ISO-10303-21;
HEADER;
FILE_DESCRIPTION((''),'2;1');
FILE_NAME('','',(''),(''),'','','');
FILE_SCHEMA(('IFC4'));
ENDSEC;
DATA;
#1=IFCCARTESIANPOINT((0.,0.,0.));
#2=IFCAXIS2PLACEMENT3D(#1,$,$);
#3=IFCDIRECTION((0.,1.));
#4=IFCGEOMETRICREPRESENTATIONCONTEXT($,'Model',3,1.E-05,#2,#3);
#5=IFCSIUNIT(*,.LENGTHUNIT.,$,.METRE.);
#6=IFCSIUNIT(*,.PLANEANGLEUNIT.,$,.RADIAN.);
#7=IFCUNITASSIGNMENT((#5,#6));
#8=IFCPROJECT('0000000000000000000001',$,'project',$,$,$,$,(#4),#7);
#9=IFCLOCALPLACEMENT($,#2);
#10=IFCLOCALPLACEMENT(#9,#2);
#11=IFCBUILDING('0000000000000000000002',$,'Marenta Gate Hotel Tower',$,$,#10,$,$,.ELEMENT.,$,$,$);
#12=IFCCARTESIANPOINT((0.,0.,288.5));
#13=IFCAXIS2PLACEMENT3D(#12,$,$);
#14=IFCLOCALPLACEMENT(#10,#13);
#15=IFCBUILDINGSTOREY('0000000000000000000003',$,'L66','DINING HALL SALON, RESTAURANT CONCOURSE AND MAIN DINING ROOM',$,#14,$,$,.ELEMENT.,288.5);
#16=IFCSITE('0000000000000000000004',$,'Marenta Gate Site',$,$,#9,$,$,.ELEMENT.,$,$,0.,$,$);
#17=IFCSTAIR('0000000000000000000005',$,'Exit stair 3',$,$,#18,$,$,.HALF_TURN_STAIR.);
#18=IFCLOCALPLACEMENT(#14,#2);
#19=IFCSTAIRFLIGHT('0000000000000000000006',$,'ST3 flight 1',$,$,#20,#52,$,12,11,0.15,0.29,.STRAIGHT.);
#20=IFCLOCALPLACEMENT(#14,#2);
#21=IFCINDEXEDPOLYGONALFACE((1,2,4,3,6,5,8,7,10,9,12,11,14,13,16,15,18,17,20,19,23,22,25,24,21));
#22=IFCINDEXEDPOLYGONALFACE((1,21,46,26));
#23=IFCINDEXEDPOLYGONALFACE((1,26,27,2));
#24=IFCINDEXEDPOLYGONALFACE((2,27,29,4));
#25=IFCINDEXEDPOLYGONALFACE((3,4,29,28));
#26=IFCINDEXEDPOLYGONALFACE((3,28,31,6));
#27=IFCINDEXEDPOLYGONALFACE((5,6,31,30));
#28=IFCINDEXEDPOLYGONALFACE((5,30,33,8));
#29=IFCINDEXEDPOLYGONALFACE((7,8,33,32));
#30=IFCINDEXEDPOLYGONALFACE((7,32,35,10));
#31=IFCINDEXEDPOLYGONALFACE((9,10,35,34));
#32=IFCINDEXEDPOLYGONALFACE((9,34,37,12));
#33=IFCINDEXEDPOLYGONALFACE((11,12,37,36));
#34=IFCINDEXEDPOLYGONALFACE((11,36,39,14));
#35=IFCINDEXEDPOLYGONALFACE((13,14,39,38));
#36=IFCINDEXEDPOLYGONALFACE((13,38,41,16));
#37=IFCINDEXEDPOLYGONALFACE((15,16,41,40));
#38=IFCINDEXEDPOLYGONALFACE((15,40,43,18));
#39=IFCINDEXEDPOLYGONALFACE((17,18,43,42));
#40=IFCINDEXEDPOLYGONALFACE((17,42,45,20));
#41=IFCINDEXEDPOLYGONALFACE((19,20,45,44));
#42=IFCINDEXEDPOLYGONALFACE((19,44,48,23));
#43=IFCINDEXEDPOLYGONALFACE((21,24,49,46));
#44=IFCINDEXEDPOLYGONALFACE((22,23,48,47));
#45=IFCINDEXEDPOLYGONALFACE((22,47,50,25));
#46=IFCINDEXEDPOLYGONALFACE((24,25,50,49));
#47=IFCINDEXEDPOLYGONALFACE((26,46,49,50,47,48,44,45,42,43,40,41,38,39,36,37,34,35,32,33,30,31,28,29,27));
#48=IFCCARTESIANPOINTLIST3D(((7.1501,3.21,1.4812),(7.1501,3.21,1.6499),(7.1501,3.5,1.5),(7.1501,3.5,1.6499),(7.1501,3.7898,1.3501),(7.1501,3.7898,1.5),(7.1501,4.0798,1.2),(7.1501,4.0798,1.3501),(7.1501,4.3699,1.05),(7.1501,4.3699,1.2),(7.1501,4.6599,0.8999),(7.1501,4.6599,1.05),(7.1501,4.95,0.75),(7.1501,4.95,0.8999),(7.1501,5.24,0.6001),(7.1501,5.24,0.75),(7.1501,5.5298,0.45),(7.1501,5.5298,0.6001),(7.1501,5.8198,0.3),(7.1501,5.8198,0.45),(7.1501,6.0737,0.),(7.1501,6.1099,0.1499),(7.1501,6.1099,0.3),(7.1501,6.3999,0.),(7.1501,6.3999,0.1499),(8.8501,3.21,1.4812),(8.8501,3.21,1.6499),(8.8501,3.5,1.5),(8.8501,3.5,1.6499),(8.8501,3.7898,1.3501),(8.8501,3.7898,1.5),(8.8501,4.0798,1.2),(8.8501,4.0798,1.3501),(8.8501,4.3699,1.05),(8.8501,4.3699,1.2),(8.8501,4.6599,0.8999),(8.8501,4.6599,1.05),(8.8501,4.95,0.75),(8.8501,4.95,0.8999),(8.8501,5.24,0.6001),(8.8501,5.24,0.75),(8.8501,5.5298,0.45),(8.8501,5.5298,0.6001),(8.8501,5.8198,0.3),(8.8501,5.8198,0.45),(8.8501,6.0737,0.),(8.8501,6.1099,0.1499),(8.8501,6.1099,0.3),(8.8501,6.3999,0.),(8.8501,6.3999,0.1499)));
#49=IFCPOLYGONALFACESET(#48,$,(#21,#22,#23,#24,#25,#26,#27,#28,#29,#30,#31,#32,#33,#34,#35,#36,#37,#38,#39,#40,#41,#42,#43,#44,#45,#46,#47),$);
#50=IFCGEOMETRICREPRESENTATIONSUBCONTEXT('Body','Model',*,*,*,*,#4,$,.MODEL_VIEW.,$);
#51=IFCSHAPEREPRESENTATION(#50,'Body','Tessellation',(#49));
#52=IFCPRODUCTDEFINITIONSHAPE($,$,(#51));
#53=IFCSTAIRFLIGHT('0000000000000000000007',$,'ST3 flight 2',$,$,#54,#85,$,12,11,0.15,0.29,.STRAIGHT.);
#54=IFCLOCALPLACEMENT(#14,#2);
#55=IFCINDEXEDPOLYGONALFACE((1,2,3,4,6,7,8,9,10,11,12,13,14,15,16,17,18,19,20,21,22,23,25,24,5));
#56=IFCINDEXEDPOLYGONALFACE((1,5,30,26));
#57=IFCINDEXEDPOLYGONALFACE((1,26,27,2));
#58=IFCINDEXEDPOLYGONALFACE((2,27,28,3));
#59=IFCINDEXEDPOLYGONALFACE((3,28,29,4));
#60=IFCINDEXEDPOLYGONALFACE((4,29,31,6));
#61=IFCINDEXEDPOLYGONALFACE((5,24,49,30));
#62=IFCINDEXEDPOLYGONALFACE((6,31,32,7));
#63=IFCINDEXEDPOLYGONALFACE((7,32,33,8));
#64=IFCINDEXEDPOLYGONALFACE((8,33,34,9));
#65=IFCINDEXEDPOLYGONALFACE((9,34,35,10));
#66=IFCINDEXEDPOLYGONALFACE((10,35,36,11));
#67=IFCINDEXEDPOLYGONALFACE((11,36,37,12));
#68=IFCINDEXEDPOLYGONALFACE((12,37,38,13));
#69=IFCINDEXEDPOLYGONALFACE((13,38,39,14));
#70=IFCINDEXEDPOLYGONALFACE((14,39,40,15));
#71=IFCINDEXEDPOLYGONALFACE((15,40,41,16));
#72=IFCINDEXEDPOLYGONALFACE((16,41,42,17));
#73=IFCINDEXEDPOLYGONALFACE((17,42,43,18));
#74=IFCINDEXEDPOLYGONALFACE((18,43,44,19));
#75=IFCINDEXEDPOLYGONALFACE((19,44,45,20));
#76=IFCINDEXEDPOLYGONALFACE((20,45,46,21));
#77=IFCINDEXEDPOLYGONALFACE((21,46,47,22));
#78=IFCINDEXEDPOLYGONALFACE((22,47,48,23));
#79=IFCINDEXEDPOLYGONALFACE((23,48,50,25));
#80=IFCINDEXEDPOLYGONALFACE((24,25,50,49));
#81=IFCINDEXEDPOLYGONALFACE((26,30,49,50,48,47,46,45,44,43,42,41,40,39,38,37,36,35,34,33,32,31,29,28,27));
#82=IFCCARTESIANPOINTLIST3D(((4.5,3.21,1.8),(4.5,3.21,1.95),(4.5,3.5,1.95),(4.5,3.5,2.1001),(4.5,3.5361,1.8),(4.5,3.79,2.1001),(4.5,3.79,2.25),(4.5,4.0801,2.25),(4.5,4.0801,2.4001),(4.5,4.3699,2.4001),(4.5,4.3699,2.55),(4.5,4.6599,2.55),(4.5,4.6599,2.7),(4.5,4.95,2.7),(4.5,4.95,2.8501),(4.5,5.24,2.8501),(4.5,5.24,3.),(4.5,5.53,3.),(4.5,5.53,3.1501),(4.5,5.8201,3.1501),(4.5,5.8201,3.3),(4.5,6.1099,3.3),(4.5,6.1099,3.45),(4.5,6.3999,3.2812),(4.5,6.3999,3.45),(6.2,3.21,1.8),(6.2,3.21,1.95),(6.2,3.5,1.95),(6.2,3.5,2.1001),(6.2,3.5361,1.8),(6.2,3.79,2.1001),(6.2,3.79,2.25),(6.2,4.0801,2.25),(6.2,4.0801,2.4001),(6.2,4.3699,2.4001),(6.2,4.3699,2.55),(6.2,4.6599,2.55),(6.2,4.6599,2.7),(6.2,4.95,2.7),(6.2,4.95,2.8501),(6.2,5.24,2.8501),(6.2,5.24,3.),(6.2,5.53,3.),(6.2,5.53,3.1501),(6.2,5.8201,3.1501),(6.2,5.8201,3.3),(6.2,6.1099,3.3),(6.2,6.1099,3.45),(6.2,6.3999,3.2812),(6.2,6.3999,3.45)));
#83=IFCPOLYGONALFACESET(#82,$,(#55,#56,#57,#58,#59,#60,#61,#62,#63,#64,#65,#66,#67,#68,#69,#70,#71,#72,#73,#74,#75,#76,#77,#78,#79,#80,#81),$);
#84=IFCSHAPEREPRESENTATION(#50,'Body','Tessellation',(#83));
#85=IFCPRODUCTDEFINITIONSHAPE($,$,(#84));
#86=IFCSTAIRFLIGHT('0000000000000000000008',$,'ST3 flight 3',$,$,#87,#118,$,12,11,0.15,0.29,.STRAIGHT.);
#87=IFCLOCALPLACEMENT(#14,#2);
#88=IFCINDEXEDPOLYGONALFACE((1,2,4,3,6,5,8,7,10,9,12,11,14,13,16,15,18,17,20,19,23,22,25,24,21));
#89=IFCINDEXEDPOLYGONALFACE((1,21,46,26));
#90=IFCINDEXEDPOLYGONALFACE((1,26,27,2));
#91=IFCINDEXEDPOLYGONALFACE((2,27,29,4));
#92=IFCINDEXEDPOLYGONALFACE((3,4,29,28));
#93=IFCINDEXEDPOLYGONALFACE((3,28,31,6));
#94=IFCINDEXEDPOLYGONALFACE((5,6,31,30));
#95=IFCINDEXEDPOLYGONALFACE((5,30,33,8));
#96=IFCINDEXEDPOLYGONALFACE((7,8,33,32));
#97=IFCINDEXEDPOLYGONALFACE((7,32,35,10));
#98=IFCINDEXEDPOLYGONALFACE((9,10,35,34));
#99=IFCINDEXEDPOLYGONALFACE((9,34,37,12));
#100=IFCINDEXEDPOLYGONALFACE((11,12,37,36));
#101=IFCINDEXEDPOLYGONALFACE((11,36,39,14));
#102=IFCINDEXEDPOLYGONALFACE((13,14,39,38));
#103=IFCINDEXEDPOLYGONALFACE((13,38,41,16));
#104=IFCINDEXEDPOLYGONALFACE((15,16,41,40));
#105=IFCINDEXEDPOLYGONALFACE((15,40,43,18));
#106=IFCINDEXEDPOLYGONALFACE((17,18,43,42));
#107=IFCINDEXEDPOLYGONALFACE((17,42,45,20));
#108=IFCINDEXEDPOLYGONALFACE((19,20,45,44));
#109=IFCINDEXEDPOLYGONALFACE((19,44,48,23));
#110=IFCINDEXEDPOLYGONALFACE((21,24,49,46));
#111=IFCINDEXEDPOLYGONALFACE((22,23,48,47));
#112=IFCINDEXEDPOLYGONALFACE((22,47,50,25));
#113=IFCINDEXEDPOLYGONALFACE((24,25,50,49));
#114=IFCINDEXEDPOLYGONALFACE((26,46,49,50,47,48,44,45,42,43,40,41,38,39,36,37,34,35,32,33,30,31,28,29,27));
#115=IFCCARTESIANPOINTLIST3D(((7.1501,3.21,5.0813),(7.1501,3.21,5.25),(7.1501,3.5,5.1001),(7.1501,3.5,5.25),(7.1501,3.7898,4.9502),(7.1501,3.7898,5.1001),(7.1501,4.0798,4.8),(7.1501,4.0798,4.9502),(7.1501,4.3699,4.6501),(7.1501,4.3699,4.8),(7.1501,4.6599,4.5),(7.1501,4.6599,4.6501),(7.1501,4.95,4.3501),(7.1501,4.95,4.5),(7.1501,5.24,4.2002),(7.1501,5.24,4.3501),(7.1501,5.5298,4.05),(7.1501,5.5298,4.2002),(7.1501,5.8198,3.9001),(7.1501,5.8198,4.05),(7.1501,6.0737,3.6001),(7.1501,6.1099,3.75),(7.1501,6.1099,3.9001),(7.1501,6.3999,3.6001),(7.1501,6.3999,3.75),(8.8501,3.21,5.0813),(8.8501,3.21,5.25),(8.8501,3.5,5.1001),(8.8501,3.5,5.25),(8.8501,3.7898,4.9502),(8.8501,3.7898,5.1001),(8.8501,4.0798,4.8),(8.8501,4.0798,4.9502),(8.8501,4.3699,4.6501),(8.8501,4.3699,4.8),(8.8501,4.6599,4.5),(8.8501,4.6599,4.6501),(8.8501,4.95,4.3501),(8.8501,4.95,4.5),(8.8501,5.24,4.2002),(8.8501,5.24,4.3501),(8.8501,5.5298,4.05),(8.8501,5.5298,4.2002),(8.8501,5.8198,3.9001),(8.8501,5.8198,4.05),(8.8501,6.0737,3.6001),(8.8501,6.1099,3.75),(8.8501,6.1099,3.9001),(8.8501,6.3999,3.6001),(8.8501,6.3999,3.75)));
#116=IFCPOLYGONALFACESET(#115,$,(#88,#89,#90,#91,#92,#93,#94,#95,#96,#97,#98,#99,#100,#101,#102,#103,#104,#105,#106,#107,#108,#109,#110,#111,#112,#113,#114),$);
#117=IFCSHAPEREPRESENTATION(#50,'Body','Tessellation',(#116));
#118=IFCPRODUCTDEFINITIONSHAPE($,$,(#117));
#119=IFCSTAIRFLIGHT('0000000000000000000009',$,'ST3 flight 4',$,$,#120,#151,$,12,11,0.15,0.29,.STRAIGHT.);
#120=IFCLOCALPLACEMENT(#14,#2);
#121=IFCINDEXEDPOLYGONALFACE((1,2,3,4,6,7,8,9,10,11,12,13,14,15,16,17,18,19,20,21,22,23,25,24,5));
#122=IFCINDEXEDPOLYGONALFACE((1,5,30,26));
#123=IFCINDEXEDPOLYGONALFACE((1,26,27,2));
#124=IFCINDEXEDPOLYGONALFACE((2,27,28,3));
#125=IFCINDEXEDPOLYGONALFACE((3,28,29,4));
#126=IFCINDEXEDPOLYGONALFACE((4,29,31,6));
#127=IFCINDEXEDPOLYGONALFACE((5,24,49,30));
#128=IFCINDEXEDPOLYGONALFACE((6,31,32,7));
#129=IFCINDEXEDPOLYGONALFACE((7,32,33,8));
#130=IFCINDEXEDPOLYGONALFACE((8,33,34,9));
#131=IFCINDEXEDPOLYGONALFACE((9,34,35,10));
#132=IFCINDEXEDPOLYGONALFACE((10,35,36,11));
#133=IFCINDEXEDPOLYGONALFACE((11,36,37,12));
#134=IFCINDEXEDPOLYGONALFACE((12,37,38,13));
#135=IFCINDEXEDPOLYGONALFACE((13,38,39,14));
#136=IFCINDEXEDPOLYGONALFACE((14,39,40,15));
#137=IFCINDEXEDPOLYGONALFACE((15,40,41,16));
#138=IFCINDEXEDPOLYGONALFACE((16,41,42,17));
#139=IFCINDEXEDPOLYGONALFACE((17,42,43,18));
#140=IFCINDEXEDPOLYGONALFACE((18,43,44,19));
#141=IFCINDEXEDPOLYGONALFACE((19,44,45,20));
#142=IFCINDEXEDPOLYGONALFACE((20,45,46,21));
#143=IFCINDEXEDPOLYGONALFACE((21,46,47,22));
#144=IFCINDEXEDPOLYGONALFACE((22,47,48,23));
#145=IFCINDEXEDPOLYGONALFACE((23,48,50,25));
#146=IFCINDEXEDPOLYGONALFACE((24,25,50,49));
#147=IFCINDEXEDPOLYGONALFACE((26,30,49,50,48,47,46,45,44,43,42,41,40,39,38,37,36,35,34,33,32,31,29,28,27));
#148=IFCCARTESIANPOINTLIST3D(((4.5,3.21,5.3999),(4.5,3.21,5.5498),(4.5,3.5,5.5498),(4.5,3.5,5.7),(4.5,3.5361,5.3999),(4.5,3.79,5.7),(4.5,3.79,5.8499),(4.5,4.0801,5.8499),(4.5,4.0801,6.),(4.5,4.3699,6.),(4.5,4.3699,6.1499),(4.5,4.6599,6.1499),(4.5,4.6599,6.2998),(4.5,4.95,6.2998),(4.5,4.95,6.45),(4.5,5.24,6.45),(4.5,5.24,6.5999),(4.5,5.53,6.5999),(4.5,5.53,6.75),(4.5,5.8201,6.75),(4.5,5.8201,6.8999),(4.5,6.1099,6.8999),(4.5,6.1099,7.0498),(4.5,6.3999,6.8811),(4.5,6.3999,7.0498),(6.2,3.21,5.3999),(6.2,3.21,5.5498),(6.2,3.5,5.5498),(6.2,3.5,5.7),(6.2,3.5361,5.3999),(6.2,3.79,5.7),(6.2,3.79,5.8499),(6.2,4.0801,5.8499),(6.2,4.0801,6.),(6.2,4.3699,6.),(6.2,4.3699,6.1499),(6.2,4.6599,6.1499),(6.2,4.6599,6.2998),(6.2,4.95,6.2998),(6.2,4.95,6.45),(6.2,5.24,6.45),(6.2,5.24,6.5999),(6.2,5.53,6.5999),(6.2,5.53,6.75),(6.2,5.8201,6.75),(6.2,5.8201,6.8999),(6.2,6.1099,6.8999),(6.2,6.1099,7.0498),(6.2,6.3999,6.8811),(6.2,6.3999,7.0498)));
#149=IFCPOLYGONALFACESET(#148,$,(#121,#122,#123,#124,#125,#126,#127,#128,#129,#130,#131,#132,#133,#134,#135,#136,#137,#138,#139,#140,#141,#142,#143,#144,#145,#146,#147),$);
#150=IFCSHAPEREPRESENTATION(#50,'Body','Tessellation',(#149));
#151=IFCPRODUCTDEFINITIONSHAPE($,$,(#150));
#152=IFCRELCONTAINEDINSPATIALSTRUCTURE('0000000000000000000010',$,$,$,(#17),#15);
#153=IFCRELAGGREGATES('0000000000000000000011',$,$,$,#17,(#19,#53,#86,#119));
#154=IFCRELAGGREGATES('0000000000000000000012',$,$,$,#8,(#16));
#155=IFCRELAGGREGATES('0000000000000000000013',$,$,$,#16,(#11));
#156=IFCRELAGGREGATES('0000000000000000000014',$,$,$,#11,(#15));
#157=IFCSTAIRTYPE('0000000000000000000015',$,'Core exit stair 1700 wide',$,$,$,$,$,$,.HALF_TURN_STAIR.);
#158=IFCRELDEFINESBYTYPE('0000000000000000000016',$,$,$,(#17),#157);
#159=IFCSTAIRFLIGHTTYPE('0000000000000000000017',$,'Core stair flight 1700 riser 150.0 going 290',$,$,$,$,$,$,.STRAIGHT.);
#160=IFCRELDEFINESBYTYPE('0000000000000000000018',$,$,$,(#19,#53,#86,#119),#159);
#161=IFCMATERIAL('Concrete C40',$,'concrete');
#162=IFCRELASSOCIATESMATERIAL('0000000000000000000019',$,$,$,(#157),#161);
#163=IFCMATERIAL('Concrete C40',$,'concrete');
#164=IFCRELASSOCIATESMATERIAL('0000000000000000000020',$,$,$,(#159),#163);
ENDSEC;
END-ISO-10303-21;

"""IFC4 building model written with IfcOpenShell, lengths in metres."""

from ifc_helpers import new_model, si_unit, direction, frame, origin, place, context, subcontext, project, spatial, polyline, outline, extrude, material, type_object, element, aggregate, save


model = new_model("IFC4")

# Units and contexts
model_context = context("Model", 3, precision=1e-05, world=origin(), true_north=direction((0.0, 1.0)))
body_context = subcontext(model_context, "Body", "Model", "MODEL_VIEW")
ifc_project = project(units=[si_unit("LENGTHUNIT", "METRE"), si_unit("PLANEANGLEUNIT", "RADIAN")], contexts=[model_context])

# Site, building, storey
site_placement = place(None, origin())
site = spatial("IfcSite", under=ifc_project, at=site_placement, Name="Marenta Gate Site", CompositionType="ELEMENT", RefElevation=0.0)
building_placement = place(site_placement, origin())
building = spatial("IfcBuilding", under=site, at=building_placement, Name="Marenta Gate Hotel Tower", CompositionType="ELEMENT")
storey_placement = place(building_placement, frame((0.0, 0.0, 288.5)))
storey = spatial("IfcBuildingStorey", under=building, at=storey_placement, Name="L66", Description="DINING HALL SALON, RESTAURANT CONCOURSE AND MAIN DINING ROOM", CompositionType="ELEMENT", Elevation=288.5)

# Stair
ifc_material_1 = material(Name="Concrete C40", Category="concrete")
stair_type = type_object("IfcStairType", Name="Core exit stair 1700 wide", PredefinedType="HALF_TURN_STAIR", material=ifc_material_1)
stair_1_placement = place(storey_placement, origin())
stair_1 = element("IfcStair", 1, at=stair_1_placement, inside=storey, type_object=stair_type, Name="Exit stair 3", PredefinedType="HALF_TURN_STAIR")

# Stair flights
ifc_material_2 = material(Name="Concrete C40", Category="concrete")
stair_flight_type = type_object("IfcStairFlightType", Name="Core stair flight 1700 riser 150.0 going 290", PredefinedType="STRAIGHT", material=ifc_material_2)
stair_flight_1_placement = place(storey_placement, frame((8.0, 6.3999, 0.0), z_axis=(0.0, 0.0, 1.0), x_axis=(0.0, -1.0, 0.0)))
stair_flight_1 = element("IfcStairFlight", 2, at=stair_flight_1_placement, type_object=stair_flight_type, Name="ST3 flight 1", NumberOfRisers=12, NumberOfTreads=11, PredefinedType="STRAIGHT", RiserHeight=0.15, TreadLength=0.29, context=body_context, shape_type="SweptSolid", body=[
    extrude(outline(polyline([(0.0, 0.0), (0.0, 0.1499), (0.29, 0.1499), (0.29, 0.3), (0.5801, 0.3), (0.5801, 0.45), (0.8701, 0.45), (0.8701, 0.6001), (1.1599, 0.6001), (1.1599, 0.75), (1.45, 0.75), (1.45, 0.8999), (1.74, 0.8999), (1.74, 1.05), (2.03, 1.05), (2.03, 1.2), (2.3201, 1.2), (2.3201, 1.3501), (2.6101, 1.3501), (2.6101, 1.5), (2.8999, 1.5), (2.8999, 1.6499), (3.1899, 1.6499), (3.1899, 1.8), (3.1899, 1.4812), (0.3262, 0.0), (0.0, 0.0)])), frame((0.0, 0.8501, 0.0), z_axis=(0.0, -1.0, 0.0), x_axis=(1.0, 0.0, 0.0)), (0.0, 0.0, 1.0), 1.7),
])
stair_flight_2_placement = place(storey_placement, frame((5.3501, 3.21, 1.8), z_axis=(0.0, 0.0, 1.0), x_axis=(0.0, 1.0, 0.0)))
stair_flight_2 = element("IfcStairFlight", 3, at=stair_flight_2_placement, type_object=stair_flight_type, Name="ST3 flight 2", NumberOfRisers=12, NumberOfTreads=11, PredefinedType="STRAIGHT", RiserHeight=0.15, TreadLength=0.29, context=body_context, shape_type="SweptSolid", body=[
    extrude(outline(polyline([(0.0, 0.0), (0.0, 0.1499), (0.29, 0.1499), (0.29, 0.3), (0.5801, 0.3), (0.5801, 0.45), (0.8701, 0.45), (0.8701, 0.6001), (1.1599, 0.6001), (1.1599, 0.75), (1.45, 0.75), (1.45, 0.8999), (1.74, 0.8999), (1.74, 1.05), (2.03, 1.05), (2.03, 1.2), (2.3201, 1.2), (2.3201, 1.3501), (2.6101, 1.3501), (2.6101, 1.5), (2.8999, 1.5), (2.8999, 1.6499), (3.1899, 1.6499), (3.1899, 1.8), (3.1899, 1.4812), (0.3262, 0.0), (0.0, 0.0)])), frame((0.0, 0.8501, 0.0), z_axis=(0.0, -1.0, 0.0), x_axis=(1.0, 0.0, 0.0)), (0.0, 0.0, 1.0), 1.7),
])
stair_flight_3_placement = place(storey_placement, frame((8.0, 6.3999, 3.6001), z_axis=(0.0, 0.0, 1.0), x_axis=(0.0, -1.0, 0.0)))
stair_flight_3 = element("IfcStairFlight", 4, at=stair_flight_3_placement, type_object=stair_flight_type, Name="ST3 flight 3", NumberOfRisers=12, NumberOfTreads=11, PredefinedType="STRAIGHT", RiserHeight=0.15, TreadLength=0.29, context=body_context, shape_type="SweptSolid", body=[
    extrude(outline(polyline([(0.0, 0.0), (0.0, 0.1499), (0.29, 0.1499), (0.29, 0.3), (0.5801, 0.3), (0.5801, 0.45), (0.8701, 0.45), (0.8701, 0.6001), (1.1599, 0.6001), (1.1599, 0.75), (1.45, 0.75), (1.45, 0.8999), (1.74, 0.8999), (1.74, 1.05), (2.03, 1.05), (2.03, 1.2), (2.3201, 1.2), (2.3201, 1.3501), (2.6101, 1.3501), (2.6101, 1.5), (2.8999, 1.5), (2.8999, 1.6499), (3.1899, 1.6499), (3.1899, 1.8), (3.1899, 1.4812), (0.3262, 0.0), (0.0, 0.0)])), frame((0.0, 0.8501, 0.0), z_axis=(0.0, -1.0, 0.0), x_axis=(1.0, 0.0, 0.0)), (0.0, 0.0, 1.0), 1.7),
])
stair_flight_4_placement = place(storey_placement, frame((5.3501, 3.21, 5.3999), z_axis=(0.0, 0.0, 1.0), x_axis=(0.0, 1.0, 0.0)))
stair_flight_4 = element("IfcStairFlight", 5, at=stair_flight_4_placement, type_object=stair_flight_type, Name="ST3 flight 4", NumberOfRisers=12, NumberOfTreads=11, PredefinedType="STRAIGHT", RiserHeight=0.15, TreadLength=0.29, context=body_context, shape_type="SweptSolid", body=[
    extrude(outline(polyline([(0.0, 0.0), (0.0, 0.1499), (0.29, 0.1499), (0.29, 0.3), (0.5801, 0.3), (0.5801, 0.45), (0.8701, 0.45), (0.8701, 0.6001), (1.1599, 0.6001), (1.1599, 0.75), (1.45, 0.75), (1.45, 0.8999), (1.74, 0.8999), (1.74, 1.05), (2.03, 1.05), (2.03, 1.2), (2.3201, 1.2), (2.3201, 1.3501), (2.6101, 1.3501), (2.6101, 1.5), (2.8999, 1.5), (2.8999, 1.6499), (3.1899, 1.6499), (3.1899, 1.8), (3.1899, 1.4812), (0.3262, 0.0), (0.0, 0.0)])), frame((0.0, 0.8501, 0.0), z_axis=(0.0, -1.0, 0.0), x_axis=(1.0, 0.0, 0.0)), (0.0, 0.0, 1.0), 1.7),
])
aggregate(stair_1, [stair_flight_1, stair_flight_2, stair_flight_3, stair_flight_4])

save(model, "model.ifc")
